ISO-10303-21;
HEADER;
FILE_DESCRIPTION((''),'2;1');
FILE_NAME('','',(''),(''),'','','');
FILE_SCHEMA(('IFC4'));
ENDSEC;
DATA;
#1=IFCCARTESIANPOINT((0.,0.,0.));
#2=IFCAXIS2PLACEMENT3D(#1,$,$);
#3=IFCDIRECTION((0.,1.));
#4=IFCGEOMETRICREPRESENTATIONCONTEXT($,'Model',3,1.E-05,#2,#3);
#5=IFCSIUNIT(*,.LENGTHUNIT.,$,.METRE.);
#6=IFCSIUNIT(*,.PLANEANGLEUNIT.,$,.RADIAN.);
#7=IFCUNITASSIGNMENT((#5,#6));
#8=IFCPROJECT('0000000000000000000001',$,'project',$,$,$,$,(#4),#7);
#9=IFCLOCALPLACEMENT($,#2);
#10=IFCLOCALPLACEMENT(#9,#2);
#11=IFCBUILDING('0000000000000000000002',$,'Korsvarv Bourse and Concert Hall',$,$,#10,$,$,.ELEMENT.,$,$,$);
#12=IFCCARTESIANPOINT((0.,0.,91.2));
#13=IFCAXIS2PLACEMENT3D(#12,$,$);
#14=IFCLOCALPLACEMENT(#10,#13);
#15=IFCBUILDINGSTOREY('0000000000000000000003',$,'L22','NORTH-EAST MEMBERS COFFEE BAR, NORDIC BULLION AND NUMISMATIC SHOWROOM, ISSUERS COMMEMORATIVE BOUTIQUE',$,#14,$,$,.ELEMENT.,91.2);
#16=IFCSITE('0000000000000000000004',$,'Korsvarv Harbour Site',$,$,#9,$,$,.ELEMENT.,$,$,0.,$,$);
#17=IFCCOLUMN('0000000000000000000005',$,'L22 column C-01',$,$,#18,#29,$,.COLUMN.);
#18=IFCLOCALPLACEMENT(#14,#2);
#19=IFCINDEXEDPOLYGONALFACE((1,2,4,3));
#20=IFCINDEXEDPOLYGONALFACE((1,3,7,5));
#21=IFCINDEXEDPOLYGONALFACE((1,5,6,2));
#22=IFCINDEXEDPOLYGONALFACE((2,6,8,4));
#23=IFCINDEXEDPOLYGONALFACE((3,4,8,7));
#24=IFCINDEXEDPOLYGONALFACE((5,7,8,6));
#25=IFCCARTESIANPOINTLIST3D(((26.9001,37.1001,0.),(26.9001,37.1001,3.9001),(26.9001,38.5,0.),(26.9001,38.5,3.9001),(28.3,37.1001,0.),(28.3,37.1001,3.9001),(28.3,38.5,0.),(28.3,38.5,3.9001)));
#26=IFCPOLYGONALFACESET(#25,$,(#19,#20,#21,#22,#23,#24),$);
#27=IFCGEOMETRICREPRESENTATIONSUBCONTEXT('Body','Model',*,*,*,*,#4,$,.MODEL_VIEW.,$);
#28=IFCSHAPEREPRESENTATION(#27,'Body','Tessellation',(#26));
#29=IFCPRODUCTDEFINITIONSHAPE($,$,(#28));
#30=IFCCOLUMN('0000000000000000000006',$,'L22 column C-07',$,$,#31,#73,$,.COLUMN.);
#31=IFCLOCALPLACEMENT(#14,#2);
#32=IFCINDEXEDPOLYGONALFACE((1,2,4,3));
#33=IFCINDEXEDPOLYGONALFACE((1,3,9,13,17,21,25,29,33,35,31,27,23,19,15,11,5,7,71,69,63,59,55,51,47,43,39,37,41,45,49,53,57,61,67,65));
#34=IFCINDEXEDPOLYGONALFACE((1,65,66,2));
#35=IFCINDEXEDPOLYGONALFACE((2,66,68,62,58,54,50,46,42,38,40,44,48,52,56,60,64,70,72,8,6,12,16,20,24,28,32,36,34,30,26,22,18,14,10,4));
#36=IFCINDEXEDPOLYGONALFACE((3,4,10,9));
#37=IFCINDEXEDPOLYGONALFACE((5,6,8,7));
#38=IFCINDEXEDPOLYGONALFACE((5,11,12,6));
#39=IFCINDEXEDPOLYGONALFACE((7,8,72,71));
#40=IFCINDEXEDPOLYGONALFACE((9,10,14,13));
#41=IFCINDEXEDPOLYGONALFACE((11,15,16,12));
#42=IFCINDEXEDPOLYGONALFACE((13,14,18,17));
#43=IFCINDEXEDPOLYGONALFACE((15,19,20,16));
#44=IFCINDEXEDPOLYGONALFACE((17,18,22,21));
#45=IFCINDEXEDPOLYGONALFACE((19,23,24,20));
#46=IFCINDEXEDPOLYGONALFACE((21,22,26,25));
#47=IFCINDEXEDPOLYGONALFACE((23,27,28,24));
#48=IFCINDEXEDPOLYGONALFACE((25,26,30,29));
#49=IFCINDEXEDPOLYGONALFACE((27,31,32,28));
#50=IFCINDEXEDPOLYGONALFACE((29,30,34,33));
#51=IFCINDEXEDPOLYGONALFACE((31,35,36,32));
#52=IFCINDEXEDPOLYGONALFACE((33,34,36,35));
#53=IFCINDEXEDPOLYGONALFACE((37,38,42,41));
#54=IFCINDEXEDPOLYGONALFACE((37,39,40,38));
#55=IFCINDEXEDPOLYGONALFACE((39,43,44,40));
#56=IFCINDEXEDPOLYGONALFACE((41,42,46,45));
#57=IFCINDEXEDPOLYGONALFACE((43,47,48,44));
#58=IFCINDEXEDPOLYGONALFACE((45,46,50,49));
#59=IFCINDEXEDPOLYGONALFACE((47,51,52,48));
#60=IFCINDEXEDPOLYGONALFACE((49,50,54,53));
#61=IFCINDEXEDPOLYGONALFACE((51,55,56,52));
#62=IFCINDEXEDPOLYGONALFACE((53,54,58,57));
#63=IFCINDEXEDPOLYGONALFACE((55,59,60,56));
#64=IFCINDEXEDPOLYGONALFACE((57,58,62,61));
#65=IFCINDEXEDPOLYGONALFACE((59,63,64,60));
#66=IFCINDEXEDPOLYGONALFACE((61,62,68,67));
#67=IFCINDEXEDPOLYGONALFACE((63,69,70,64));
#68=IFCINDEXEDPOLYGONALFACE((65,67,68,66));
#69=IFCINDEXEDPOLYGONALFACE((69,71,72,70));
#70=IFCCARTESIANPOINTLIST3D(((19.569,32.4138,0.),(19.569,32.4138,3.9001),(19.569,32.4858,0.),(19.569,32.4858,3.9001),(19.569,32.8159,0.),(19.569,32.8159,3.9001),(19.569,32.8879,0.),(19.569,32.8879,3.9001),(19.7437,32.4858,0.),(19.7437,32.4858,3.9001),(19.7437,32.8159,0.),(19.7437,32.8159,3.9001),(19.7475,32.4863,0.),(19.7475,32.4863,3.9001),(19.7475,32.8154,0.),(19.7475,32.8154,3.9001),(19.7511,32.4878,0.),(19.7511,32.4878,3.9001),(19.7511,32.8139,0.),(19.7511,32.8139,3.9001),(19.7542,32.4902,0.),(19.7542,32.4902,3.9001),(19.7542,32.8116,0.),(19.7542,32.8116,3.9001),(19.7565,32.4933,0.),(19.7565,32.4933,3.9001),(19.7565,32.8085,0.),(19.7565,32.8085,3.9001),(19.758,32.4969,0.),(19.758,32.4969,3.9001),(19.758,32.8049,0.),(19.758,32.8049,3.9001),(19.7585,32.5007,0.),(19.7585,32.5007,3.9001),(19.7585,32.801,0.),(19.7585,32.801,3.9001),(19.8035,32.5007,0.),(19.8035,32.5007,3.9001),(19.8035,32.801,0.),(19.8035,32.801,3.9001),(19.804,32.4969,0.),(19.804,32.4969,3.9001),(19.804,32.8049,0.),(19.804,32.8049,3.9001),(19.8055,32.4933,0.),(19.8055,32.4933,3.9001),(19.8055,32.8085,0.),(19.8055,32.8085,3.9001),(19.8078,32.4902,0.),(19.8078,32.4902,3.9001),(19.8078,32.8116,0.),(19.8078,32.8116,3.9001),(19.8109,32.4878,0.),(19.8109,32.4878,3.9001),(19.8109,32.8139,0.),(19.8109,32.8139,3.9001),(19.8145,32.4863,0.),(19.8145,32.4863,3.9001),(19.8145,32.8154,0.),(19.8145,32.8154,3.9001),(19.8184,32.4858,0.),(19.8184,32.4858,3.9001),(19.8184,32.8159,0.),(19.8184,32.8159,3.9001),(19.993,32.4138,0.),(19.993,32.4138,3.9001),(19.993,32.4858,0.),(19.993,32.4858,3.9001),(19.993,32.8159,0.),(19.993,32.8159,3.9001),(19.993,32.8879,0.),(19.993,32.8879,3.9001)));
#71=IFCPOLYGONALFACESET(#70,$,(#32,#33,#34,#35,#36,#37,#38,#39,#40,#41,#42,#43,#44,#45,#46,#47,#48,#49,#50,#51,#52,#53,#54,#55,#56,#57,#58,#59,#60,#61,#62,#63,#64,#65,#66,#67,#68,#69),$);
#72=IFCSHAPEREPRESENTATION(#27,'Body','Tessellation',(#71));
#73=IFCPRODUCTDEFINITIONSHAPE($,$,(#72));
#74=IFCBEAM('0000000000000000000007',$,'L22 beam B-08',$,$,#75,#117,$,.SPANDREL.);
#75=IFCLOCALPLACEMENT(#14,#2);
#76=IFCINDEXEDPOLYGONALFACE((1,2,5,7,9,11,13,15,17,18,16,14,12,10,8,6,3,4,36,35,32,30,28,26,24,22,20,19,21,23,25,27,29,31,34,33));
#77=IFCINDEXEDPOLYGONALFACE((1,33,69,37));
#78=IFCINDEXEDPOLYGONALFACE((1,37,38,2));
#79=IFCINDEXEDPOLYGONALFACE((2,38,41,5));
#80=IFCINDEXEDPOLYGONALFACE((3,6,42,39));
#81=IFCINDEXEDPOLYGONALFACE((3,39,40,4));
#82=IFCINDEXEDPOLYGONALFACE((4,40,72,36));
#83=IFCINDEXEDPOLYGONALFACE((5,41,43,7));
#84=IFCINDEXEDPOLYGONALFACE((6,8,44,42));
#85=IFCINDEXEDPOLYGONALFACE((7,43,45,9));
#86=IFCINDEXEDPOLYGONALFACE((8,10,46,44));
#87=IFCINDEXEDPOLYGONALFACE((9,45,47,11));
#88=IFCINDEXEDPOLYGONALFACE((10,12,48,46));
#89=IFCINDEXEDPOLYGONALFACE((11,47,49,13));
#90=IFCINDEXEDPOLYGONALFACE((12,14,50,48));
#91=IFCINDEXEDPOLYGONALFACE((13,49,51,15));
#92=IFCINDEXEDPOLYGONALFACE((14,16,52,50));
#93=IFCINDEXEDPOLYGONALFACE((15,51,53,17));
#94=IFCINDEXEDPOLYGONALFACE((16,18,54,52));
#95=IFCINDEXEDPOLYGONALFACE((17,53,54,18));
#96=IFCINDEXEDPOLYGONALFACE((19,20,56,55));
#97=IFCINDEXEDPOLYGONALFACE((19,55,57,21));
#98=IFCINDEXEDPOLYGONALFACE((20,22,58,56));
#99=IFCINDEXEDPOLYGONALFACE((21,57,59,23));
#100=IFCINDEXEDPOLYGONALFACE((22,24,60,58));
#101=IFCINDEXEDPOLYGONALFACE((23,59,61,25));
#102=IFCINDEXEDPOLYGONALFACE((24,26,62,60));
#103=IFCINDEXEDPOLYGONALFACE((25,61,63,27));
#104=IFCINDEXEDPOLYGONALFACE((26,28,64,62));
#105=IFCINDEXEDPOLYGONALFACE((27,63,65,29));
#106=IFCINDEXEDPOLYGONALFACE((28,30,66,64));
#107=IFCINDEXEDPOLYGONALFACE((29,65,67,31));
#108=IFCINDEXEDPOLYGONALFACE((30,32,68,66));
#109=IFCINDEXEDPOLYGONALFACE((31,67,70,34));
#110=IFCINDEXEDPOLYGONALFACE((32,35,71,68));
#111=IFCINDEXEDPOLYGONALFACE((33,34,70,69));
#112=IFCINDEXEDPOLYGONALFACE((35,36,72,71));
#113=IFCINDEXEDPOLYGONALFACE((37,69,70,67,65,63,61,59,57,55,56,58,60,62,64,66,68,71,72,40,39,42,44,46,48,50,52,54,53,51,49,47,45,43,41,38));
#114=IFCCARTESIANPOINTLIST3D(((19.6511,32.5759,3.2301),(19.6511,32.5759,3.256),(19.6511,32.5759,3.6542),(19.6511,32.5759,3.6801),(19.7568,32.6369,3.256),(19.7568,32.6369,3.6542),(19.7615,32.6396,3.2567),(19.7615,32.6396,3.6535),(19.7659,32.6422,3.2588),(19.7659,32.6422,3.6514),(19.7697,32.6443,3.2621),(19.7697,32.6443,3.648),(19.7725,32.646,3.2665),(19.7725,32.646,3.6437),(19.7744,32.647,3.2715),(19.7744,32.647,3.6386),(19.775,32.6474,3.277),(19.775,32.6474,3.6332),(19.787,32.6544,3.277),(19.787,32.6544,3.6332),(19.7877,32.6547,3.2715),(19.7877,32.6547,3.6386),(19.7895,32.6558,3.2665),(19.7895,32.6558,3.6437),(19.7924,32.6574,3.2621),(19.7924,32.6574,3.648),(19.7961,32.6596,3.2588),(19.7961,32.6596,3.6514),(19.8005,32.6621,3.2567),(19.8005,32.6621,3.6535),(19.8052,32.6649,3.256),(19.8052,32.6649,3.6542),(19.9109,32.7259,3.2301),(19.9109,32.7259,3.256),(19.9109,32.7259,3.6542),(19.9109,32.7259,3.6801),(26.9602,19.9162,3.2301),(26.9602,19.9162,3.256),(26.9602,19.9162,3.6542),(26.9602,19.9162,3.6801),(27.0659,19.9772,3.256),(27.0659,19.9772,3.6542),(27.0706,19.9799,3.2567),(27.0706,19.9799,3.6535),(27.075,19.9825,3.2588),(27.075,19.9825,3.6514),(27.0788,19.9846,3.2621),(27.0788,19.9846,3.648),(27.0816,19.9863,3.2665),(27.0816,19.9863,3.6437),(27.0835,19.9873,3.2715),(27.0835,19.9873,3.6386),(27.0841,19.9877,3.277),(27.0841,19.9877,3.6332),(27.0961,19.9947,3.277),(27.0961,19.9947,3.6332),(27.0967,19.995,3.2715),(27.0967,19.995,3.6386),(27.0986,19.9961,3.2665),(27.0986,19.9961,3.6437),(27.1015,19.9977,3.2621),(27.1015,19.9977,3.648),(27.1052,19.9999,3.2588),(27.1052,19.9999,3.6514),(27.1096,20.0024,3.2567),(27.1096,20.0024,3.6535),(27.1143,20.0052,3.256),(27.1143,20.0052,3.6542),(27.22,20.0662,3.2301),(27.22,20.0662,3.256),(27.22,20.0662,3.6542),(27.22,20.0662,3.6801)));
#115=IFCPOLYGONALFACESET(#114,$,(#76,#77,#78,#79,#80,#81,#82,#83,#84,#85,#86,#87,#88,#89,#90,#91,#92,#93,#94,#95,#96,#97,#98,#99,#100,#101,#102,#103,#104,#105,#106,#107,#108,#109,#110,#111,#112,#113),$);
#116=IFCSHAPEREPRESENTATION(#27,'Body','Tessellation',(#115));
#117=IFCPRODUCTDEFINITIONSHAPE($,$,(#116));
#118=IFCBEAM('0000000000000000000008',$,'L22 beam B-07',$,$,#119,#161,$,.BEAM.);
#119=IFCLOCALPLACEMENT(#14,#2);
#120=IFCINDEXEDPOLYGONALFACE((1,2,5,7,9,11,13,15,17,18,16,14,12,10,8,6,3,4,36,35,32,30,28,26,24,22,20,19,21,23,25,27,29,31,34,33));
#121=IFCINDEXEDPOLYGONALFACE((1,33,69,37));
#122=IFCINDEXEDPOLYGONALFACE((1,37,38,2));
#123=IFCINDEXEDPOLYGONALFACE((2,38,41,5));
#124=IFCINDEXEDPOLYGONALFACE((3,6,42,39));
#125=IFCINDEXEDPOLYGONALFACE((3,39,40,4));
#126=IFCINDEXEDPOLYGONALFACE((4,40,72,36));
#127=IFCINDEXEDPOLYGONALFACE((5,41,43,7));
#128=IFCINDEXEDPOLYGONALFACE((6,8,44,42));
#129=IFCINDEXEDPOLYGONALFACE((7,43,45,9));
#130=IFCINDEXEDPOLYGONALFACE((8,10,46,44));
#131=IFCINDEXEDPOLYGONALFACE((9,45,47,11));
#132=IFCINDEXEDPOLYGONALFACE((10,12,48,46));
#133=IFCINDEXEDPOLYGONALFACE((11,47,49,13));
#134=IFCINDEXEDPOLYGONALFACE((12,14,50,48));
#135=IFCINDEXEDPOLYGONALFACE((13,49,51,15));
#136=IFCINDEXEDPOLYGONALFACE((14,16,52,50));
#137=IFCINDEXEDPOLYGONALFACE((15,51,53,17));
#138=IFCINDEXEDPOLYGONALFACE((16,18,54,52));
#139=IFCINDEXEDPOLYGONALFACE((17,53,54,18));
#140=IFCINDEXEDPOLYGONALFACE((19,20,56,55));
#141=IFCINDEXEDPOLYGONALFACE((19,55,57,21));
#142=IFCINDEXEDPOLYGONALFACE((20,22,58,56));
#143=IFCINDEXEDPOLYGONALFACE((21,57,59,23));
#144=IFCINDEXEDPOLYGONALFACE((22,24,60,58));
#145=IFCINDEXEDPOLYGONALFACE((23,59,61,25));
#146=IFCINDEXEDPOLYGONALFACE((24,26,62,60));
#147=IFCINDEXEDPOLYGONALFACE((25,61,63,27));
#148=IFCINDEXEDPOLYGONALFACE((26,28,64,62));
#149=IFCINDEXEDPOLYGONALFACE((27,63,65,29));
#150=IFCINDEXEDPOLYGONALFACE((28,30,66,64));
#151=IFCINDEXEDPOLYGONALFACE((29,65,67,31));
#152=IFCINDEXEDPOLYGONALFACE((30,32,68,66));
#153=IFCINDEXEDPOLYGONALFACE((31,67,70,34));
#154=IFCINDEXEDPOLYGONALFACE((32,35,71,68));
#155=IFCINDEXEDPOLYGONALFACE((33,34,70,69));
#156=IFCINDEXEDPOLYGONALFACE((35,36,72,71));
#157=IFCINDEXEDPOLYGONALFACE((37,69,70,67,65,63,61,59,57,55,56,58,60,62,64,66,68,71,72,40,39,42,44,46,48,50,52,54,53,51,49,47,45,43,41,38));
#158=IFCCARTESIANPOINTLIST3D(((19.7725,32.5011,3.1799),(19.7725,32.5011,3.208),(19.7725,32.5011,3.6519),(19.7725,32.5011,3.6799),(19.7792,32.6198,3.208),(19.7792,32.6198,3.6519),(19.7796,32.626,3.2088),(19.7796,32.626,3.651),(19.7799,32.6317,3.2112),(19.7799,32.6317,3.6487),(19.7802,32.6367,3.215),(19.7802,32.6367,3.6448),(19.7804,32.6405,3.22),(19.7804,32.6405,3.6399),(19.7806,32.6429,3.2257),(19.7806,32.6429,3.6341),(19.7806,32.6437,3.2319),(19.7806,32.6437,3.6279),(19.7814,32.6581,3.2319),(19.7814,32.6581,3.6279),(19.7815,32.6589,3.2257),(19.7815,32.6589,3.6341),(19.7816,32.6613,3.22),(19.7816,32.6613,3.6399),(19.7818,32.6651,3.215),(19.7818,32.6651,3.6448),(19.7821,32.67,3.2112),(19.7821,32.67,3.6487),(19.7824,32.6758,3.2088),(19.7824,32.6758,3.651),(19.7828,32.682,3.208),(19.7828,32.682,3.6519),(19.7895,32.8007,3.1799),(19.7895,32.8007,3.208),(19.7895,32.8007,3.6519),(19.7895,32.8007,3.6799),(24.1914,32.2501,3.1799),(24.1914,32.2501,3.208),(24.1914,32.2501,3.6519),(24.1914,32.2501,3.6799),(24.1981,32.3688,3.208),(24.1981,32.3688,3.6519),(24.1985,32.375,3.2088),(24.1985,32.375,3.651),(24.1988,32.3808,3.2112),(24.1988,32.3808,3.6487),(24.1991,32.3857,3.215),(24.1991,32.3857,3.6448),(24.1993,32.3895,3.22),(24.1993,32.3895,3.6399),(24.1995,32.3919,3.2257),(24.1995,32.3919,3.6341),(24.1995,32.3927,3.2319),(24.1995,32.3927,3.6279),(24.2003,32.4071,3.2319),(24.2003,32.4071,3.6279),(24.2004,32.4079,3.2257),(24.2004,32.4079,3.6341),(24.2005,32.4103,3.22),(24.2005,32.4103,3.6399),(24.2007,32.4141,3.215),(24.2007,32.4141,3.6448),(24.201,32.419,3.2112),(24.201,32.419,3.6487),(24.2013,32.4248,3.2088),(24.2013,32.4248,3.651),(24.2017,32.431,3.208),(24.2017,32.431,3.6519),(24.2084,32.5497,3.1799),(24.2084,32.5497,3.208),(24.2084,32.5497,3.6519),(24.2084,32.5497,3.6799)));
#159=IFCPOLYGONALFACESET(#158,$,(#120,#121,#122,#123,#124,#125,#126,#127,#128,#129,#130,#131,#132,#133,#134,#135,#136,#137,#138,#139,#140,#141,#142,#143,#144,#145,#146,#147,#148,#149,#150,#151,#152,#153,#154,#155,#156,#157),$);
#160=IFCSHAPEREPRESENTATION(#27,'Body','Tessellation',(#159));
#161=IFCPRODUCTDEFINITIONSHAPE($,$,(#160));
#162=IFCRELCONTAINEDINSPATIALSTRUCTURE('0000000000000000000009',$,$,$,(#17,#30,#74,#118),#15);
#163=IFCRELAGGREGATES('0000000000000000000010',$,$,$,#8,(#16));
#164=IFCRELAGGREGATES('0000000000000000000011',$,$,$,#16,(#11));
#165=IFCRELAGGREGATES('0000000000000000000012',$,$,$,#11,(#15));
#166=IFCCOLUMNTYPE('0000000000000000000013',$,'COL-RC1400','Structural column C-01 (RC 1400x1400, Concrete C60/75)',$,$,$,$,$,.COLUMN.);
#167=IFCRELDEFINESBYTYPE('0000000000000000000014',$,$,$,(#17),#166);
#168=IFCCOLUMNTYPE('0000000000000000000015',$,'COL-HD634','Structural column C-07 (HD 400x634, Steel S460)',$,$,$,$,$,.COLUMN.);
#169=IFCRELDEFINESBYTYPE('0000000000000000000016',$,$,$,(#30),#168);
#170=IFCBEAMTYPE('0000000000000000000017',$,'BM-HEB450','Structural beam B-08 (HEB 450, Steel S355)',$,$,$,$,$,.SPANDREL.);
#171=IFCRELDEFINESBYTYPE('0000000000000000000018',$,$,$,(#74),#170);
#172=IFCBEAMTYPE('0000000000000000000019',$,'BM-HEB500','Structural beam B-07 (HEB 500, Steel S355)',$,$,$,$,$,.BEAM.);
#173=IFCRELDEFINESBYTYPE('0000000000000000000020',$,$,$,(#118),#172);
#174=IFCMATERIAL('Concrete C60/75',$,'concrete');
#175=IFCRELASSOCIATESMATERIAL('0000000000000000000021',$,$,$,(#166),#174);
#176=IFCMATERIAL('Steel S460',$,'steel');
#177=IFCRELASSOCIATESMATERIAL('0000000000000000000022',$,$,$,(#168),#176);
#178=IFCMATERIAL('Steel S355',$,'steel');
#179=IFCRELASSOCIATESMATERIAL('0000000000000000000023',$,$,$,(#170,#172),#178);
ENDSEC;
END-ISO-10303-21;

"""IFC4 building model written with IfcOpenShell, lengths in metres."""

from ifc_helpers import new_model, si_unit, direction, frame, origin, origin_2d, place, context, subcontext, project, spatial, rectangle, i_section, extrude, source, transform, mapped, material, material_profile, profile_set, type_object, element, save


model = new_model("IFC4")

# Units and contexts
model_context = context("Model", 3, precision=1e-05, world=origin(), true_north=direction((0.0, 1.0)))
body_context = subcontext(model_context, "Body", "Model", "MODEL_VIEW")
ifc_project = project(units=[si_unit("LENGTHUNIT", "METRE"), si_unit("PLANEANGLEUNIT", "RADIAN")], contexts=[model_context])

# Site, building, storey
site_placement = place(None, origin())
site = spatial("IfcSite", under=ifc_project, at=site_placement, Name="Korsvarv Harbour Site", CompositionType="ELEMENT", RefElevation=0.0)
building_placement = place(site_placement, origin())
building = spatial("IfcBuilding", under=site, at=building_placement, Name="Korsvarv Bourse and Concert Hall", CompositionType="ELEMENT")
storey_placement = place(building_placement, frame((0.0, 0.0, 91.2)))
storey = spatial("IfcBuildingStorey", under=building, at=storey_placement, Name="L22", Description="NORTH-EAST MEMBERS COFFEE BAR, NORDIC BULLION AND NUMISMATIC SHOWROOM, ISSUERS COMMEMORATIVE BOUTIQUE", CompositionType="ELEMENT", Elevation=91.2)

# Columns
ifc_material_1 = material(Name="Concrete C60/75", Category="concrete")
ifc_material_profile_1 = material_profile(ifc_material_1, rectangle(XDim=1.3999, YDim=1.3999, at=origin_2d()), Name="RC 1400x1400")
ifc_profile_set_1 = profile_set([ifc_material_profile_1], Name="Concrete C60/75")
column_type_1 = type_object("IfcColumnType", Name="COL-RC1400", Description="Structural column C-01 (RC 1400x1400, Concrete C60/75)", PredefinedType="COLUMN", material=ifc_profile_set_1)
shared_shape_1 = source(origin(), body_context, "Body", "SweptSolid", [
    extrude(rectangle(XDim=1.3999, YDim=1.3999, at=origin_2d()), origin(), (0.0, 0.0, 1.0), 3.9001),
])
column_1_placement = place(storey_placement, frame((27.6001, 37.8, 0.0), z_axis=(0.0, 0.0, 1.0), x_axis=(1.0, 0.0, 0.0)))
element("IfcColumn", 1, at=column_1_placement, inside=storey, type_object=column_type_1, Name="L22 column C-01", PredefinedType="COLUMN", context=body_context, shape_type="MappedRepresentation", body=[
    mapped(shared_shape_1, transform((0.0, 0.0, 0.0), scale=1.0)),
])
ifc_material_2 = material(Name="Steel S460", Category="steel")
ifc_material_profile_2 = material_profile(ifc_material_2, i_section(OverallWidth=0.4241, OverallDepth=0.4741, WebThickness=0.0449, FlangeThickness=0.072, FilletRadius=0.0149, at=origin_2d()), Name="HD 400x634")
ifc_profile_set_2 = profile_set([ifc_material_profile_2], Name="Steel S460")
column_type_2 = type_object("IfcColumnType", Name="COL-HD634", Description="Structural column C-07 (HD 400x634, Steel S460)", PredefinedType="COLUMN", material=ifc_profile_set_2)
shared_shape_2 = source(origin(), body_context, "Body", "SweptSolid", [
    extrude(i_section(OverallWidth=0.4241, OverallDepth=0.4741, WebThickness=0.0449, FlangeThickness=0.072, FilletRadius=0.0149, at=origin_2d()), origin(), (0.0, 0.0, 1.0), 3.9001),
])
column_2_placement = place(storey_placement, frame((19.781, 32.6509, 0.0), z_axis=(0.0, 0.0, 1.0), x_axis=(1.0, 0.0, 0.0)))
element("IfcColumn", 2, at=column_2_placement, inside=storey, type_object=column_type_2, Name="L22 column C-07", PredefinedType="COLUMN", context=body_context, shape_type="MappedRepresentation", body=[
    mapped(shared_shape_2, transform((0.0, 0.0, 0.0), scale=1.0)),
])

# Beams
ifc_material_3 = material(Name="Steel S355", Category="steel")
ifc_material_profile_3 = material_profile(ifc_material_3, i_section(OverallWidth=0.3, OverallDepth=0.45, WebThickness=0.0139, FlangeThickness=0.0259, FilletRadius=0.021, at=origin_2d()), Name="HEB 450")
ifc_profile_set_3 = profile_set([ifc_material_profile_3], Name="Steel S355")
beam_type_1 = type_object("IfcBeamType", Name="BM-HEB450", Description="Structural beam B-08 (HEB 450, Steel S355)", PredefinedType="SPANDREL", material=ifc_profile_set_3)
shared_shape_3 = source(origin(), body_context, "Body", "SweptSolid", [
    extrude(i_section(OverallWidth=0.3, OverallDepth=0.45, WebThickness=0.0139, FlangeThickness=0.0259, FilletRadius=0.021, at=origin_2d()), origin(), (0.0, 0.0, 1.0), 14.6182),
])
beam_1_placement = place(storey_placement, frame((19.781, 32.6509, 3.4551), z_axis=(0.500001, -0.866025, 0.0), x_axis=(0.866025, 0.500001, 0.0)))
element("IfcBeam", 3, at=beam_1_placement, inside=storey, type_object=beam_type_1, Name="L22 beam B-08", PredefinedType="SPANDREL", context=body_context, shape_type="MappedRepresentation", body=[
    mapped(shared_shape_3, transform((0.0, 0.0, 0.0), scale=1.0)),
])
ifc_material_profile_4 = material_profile(ifc_material_3, i_section(OverallWidth=0.3, OverallDepth=0.5, WebThickness=0.0144, FlangeThickness=0.0281, FilletRadius=0.0239, at=origin_2d()), Name="HEB 500")
ifc_profile_set_4 = profile_set([ifc_material_profile_4], Name="Steel S355")
beam_type_2 = type_object("IfcBeamType", Name="BM-HEB500", Description="Structural beam B-07 (HEB 500, Steel S355)", PredefinedType="BEAM", material=ifc_profile_set_4)
shared_shape_4 = source(origin(), body_context, "Body", "SweptSolid", [
    extrude(i_section(OverallWidth=0.3, OverallDepth=0.5, WebThickness=0.0144, FlangeThickness=0.0281, FilletRadius=0.0239, at=origin_2d()), origin(), (0.0, 0.0, 1.0), 4.426),
])
beam_2_placement = place(storey_placement, frame((19.781, 32.6509, 3.4299), z_axis=(0.998391, -0.056704, 0.0), x_axis=(0.056704, 0.998391, 0.0)))
element("IfcBeam", 4, at=beam_2_placement, inside=storey, type_object=beam_type_2, Name="L22 beam B-07", PredefinedType="BEAM", context=body_context, shape_type="MappedRepresentation", body=[
    mapped(shared_shape_4, transform((0.0, 0.0, 0.0), scale=1.0)),
])

save(model, "model.ifc")
